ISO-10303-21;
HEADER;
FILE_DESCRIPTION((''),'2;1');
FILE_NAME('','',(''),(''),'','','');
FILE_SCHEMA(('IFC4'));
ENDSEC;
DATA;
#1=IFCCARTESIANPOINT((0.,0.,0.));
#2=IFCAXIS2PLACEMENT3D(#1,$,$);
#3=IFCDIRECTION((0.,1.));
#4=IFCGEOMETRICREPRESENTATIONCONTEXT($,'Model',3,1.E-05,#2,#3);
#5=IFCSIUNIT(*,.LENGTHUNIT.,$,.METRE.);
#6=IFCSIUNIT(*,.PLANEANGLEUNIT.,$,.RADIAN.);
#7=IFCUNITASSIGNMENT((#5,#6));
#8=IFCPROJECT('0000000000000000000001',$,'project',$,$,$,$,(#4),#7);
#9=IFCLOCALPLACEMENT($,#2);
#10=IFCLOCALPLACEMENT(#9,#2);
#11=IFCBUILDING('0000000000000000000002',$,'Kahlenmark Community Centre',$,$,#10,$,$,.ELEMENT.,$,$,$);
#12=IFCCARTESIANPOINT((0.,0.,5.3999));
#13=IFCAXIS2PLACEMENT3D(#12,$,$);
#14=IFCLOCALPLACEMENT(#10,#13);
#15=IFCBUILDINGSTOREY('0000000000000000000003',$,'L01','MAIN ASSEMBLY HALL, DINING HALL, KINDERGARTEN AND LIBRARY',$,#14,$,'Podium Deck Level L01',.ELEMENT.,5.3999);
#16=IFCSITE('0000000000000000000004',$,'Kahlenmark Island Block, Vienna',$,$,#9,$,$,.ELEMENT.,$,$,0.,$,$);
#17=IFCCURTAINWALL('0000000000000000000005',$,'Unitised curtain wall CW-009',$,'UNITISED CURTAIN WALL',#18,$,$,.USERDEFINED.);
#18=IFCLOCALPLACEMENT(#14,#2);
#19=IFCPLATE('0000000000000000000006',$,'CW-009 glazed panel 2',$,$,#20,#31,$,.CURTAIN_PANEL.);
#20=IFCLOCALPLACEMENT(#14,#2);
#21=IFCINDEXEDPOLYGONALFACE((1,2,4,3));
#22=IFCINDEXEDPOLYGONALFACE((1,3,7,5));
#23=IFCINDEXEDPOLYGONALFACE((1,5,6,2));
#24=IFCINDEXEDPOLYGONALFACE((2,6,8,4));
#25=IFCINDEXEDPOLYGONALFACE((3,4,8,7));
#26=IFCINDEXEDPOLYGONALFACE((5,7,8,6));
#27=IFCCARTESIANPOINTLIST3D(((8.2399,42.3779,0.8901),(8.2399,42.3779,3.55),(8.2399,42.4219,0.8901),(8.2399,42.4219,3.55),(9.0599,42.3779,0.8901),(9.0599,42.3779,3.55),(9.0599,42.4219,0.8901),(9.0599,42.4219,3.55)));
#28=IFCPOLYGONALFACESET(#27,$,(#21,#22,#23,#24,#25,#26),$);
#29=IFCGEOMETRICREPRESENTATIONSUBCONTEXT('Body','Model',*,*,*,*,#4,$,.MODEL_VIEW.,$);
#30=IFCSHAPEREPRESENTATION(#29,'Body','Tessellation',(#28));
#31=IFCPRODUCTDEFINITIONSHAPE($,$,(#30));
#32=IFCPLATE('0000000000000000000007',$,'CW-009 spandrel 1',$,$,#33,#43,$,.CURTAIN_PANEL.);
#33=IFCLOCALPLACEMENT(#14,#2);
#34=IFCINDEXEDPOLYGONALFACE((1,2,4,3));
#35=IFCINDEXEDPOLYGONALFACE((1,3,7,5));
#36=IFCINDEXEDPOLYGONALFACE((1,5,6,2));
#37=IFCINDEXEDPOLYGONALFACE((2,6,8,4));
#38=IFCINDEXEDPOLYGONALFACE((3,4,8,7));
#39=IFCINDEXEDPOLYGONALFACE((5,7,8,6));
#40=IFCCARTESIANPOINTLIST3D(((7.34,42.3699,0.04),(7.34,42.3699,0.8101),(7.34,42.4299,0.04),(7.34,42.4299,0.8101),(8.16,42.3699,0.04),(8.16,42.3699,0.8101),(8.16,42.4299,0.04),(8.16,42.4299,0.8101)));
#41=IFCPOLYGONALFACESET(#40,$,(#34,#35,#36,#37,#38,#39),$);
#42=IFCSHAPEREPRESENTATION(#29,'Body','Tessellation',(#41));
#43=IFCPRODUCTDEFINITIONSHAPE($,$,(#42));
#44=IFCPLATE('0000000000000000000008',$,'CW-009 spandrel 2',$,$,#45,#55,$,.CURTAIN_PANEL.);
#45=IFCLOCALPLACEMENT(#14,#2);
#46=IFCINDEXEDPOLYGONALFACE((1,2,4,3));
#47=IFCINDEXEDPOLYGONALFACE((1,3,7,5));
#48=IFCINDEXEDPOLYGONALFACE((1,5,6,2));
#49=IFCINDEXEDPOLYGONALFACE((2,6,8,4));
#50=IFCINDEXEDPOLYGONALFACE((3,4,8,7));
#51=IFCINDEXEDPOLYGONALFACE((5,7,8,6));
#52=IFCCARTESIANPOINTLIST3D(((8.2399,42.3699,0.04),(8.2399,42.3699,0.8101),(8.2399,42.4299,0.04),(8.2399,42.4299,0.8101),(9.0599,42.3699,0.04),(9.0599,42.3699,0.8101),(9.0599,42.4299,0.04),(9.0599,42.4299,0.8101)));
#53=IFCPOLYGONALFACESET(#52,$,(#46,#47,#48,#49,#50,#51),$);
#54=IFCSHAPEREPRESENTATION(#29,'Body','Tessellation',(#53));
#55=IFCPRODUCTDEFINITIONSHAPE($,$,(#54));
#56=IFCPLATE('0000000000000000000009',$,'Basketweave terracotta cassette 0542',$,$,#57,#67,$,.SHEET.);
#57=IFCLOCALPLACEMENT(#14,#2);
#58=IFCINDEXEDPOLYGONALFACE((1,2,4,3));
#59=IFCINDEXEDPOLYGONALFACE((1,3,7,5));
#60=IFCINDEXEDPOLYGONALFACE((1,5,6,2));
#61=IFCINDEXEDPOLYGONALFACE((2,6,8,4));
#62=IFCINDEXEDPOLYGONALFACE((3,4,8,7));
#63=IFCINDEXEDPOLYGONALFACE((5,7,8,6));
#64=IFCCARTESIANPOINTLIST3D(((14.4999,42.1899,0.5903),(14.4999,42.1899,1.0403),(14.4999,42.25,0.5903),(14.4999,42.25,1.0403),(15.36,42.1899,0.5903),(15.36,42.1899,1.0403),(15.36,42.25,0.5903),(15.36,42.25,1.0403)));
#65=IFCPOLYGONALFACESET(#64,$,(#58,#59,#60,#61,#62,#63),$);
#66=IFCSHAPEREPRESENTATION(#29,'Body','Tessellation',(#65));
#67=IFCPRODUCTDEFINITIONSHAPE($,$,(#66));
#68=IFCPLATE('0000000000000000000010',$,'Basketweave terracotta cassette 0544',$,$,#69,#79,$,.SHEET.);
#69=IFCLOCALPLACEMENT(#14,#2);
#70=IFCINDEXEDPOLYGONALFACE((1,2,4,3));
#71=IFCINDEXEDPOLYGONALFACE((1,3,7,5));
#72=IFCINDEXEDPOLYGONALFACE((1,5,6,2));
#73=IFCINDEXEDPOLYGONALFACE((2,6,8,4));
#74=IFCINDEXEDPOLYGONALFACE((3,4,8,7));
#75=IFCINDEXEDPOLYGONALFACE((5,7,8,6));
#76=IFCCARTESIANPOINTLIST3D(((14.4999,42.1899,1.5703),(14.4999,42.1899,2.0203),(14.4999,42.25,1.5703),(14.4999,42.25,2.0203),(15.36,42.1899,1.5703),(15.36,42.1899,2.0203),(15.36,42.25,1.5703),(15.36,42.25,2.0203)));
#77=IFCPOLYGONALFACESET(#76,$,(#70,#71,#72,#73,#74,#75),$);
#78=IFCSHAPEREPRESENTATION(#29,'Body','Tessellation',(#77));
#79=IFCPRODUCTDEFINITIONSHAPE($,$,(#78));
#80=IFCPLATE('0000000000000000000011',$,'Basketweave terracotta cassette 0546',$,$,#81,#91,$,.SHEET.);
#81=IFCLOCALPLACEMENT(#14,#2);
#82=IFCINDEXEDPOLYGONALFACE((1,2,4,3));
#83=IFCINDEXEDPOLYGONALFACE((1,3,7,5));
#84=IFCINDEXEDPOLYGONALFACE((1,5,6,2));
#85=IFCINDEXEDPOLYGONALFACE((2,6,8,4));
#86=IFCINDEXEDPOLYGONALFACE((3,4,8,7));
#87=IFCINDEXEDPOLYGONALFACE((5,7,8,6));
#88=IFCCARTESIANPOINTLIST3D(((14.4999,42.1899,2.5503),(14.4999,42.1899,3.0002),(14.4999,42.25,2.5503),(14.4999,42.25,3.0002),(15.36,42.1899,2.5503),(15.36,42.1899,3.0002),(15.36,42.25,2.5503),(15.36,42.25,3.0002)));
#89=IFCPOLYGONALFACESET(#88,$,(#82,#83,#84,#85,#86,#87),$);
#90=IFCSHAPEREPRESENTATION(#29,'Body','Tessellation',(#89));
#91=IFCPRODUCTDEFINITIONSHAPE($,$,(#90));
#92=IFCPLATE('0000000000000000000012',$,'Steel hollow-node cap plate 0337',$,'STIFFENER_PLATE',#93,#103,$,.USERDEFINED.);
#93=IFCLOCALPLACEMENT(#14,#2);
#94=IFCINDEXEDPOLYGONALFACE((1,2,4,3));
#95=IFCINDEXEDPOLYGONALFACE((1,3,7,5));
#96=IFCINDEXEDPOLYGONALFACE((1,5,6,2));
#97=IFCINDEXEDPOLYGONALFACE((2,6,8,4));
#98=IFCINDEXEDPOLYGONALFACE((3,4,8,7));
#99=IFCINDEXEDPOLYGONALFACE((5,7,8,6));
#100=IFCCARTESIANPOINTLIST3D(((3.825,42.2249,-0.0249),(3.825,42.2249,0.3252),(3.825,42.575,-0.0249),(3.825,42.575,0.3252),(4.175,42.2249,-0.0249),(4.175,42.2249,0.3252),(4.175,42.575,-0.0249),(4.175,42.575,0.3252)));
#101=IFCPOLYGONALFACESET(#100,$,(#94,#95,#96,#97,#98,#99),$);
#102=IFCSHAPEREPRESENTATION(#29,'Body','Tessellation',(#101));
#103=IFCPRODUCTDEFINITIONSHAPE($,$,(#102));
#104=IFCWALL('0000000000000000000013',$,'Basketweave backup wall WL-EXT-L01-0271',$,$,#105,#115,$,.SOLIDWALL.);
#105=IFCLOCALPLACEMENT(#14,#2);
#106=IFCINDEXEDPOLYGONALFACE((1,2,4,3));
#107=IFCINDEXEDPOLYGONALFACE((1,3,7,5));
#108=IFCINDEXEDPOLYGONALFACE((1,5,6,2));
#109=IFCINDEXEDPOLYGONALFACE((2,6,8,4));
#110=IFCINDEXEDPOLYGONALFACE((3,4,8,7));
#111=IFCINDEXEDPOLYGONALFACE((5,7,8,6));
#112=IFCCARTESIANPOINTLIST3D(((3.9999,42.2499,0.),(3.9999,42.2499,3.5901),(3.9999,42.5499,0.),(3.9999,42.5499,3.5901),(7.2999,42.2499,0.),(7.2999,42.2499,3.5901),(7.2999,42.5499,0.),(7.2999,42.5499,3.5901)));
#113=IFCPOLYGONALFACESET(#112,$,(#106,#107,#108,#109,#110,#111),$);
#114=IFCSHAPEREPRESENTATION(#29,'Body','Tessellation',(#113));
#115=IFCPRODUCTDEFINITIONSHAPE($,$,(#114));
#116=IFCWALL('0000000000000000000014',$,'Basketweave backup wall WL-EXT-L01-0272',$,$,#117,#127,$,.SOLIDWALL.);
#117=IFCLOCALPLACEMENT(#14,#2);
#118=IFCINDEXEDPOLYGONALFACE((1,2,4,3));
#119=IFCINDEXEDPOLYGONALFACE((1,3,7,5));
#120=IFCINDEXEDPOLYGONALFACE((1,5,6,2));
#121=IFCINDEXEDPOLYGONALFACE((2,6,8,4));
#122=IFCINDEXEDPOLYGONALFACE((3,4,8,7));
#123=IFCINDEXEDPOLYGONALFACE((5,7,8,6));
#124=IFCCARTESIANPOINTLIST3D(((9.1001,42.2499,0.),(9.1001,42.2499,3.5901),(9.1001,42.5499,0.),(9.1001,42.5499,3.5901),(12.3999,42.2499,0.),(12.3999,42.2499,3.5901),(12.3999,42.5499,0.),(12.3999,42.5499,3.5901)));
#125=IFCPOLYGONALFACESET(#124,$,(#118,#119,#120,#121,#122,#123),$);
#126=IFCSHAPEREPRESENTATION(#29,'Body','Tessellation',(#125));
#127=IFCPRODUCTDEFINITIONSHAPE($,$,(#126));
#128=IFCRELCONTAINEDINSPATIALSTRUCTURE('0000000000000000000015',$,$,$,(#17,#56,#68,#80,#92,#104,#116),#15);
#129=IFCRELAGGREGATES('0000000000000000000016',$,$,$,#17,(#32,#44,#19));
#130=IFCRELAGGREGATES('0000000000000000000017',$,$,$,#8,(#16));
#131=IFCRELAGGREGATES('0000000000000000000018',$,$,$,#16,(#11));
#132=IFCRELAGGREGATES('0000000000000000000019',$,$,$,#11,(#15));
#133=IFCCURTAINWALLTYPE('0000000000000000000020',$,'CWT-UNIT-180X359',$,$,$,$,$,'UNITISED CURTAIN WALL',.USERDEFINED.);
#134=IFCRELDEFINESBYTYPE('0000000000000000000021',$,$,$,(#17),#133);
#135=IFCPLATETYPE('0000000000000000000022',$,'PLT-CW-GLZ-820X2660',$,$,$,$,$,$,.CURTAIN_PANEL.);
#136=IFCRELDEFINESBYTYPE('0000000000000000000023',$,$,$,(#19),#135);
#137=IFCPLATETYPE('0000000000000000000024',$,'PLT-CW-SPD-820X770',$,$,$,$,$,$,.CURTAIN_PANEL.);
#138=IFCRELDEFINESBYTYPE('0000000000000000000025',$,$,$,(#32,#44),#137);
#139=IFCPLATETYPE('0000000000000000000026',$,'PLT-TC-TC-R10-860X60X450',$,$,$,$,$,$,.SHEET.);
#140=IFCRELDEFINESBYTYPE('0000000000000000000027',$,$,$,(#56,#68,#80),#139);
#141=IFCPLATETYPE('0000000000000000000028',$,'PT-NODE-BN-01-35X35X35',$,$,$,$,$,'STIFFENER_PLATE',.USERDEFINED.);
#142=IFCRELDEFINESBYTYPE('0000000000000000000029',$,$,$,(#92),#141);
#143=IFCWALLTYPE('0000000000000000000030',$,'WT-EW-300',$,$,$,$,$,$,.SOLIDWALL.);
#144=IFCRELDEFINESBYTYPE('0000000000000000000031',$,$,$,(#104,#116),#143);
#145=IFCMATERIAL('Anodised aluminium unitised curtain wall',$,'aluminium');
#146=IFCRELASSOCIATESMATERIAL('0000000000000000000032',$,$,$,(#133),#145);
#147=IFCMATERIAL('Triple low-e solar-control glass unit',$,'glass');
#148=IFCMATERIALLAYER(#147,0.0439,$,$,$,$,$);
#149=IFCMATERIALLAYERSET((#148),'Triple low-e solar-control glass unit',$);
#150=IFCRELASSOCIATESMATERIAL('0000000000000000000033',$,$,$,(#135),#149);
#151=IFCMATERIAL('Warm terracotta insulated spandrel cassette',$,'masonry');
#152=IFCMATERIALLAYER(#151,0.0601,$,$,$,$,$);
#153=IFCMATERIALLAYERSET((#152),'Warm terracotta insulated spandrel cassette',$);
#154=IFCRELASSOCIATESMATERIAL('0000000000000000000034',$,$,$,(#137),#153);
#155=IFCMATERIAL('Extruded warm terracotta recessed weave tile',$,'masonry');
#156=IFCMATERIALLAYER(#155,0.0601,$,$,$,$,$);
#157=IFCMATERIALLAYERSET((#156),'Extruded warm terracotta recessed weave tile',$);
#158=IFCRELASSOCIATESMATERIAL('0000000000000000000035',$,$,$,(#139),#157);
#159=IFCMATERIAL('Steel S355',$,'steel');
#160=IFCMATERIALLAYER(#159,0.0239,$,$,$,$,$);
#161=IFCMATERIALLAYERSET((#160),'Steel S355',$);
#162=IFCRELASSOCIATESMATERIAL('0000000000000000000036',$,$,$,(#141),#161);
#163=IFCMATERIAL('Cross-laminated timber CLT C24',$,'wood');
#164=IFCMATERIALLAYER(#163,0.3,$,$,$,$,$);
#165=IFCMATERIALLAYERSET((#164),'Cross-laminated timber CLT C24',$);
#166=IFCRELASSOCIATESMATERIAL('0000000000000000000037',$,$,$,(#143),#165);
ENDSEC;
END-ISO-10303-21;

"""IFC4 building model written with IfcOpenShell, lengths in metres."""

from ifc_helpers import new_model, si_unit, direction, frame, frame_2d, origin, origin_2d, place, context, subcontext, project, spatial, rectangle, extrude, material, layer, layer_set, type_object, element, aggregate, save


model = new_model("IFC4")

# Units and contexts
model_context = context("Model", 3, precision=1e-05, world=origin(), true_north=direction((0.0, 1.0)))
body_context = subcontext(model_context, "Body", "Model", "MODEL_VIEW")
ifc_project = project(units=[si_unit("LENGTHUNIT", "METRE"), si_unit("PLANEANGLEUNIT", "RADIAN")], contexts=[model_context])

# Site, building, storey
site_placement = place(None, origin())
site = spatial("IfcSite", under=ifc_project, at=site_placement, Name="Kahlenmark Island Block, Vienna", CompositionType="ELEMENT", RefElevation=0.0)
building_placement = place(site_placement, origin())
building = spatial("IfcBuilding", under=site, at=building_placement, Name="Kahlenmark Community Centre", CompositionType="ELEMENT")
storey_placement = place(building_placement, frame((0.0, 0.0, 5.3999)))
storey = spatial("IfcBuildingStorey", under=building, at=storey_placement, Name="L01", Description="MAIN ASSEMBLY HALL, DINING HALL, KINDERGARTEN AND LIBRARY", LongName="Podium Deck Level L01", CompositionType="ELEMENT", Elevation=5.3999)

# Shared definitions
ifc_material_1 = material(Name="Steel S355", Category="steel")

# Curtain wall, plates
ifc_material_2 = material(Name="Anodised aluminium unitised curtain wall", Category="aluminium")
curtain_wall_type = type_object("IfcCurtainWallType", Name="CWT-UNIT-180X359", ElementType="UNITISED CURTAIN WALL", PredefinedType="USERDEFINED", material=ifc_material_2)
curtain_wall_placement = place(storey_placement, origin())
curtain_wall = element("IfcCurtainWall", 1, at=curtain_wall_placement, inside=storey, type_object=curtain_wall_type, Name="Unitised curtain wall CW-009", ObjectType="UNITISED CURTAIN WALL", PredefinedType="USERDEFINED")
ifc_material_3 = material(Name="Triple low-e solar-control glass unit", Category="glass")
ifc_layer_1 = layer(ifc_material_3, 0.0439)
ifc_layer_set_1 = layer_set([ifc_layer_1], Name="Triple low-e solar-control glass unit")
plate_type_1 = type_object("IfcPlateType", Name="PLT-CW-GLZ-820X2660", PredefinedType="CURTAIN_PANEL", material=ifc_layer_set_1)
plate_1_placement = place(storey_placement, frame((8.6499, 42.3999, 0.8901), z_axis=(0.0, 0.0, 1.0), x_axis=(1.0, 0.0, 0.0)))
plate_1 = element("IfcPlate", 2, at=plate_1_placement, type_object=plate_type_1, Name="CW-009 glazed panel 2", PredefinedType="CURTAIN_PANEL", context=body_context, shape_type="SweptSolid", body=[
    extrude(rectangle(XDim=0.8201, YDim=0.0439, at=origin_2d()), origin(), (0.0, 0.0, 1.0), 2.6599),
])
ifc_material_4 = material(Name="Warm terracotta insulated spandrel cassette", Category="masonry")
ifc_layer_2 = layer(ifc_material_4, 0.0601)
ifc_layer_set_2 = layer_set([ifc_layer_2], Name="Warm terracotta insulated spandrel cassette")
plate_type_2 = type_object("IfcPlateType", Name="PLT-CW-SPD-820X770", PredefinedType="CURTAIN_PANEL", material=ifc_layer_set_2)
plate_2_placement = place(storey_placement, frame((7.75, 42.3999, 0.04), z_axis=(0.0, 0.0, 1.0), x_axis=(1.0, 0.0, 0.0)))
plate_2 = element("IfcPlate", 3, at=plate_2_placement, type_object=plate_type_2, Name="CW-009 spandrel 1", PredefinedType="CURTAIN_PANEL", context=body_context, shape_type="SweptSolid", body=[
    extrude(rectangle(XDim=0.8201, YDim=0.0601, at=origin_2d()), origin(), (0.0, 0.0, 1.0), 0.77),
])
plate_3_placement = place(storey_placement, frame((8.6499, 42.3999, 0.04), z_axis=(0.0, 0.0, 1.0), x_axis=(1.0, 0.0, 0.0)))
plate_3 = element("IfcPlate", 4, at=plate_3_placement, type_object=plate_type_2, Name="CW-009 spandrel 2", PredefinedType="CURTAIN_PANEL", context=body_context, shape_type="SweptSolid", body=[
    extrude(rectangle(XDim=0.8201, YDim=0.0601, at=origin_2d()), origin(), (0.0, 0.0, 1.0), 0.77),
])
aggregate(curtain_wall, [plate_2, plate_3, plate_1])

# Plates
ifc_material_5 = material(Name="Extruded warm terracotta recessed weave tile", Category="masonry")
ifc_layer_3 = layer(ifc_material_5, 0.0601)
ifc_layer_set_3 = layer_set([ifc_layer_3], Name="Extruded warm terracotta recessed weave tile")
plate_type_3 = type_object("IfcPlateType", Name="PLT-TC-TC-R10-860X60X450", PredefinedType="SHEET", material=ifc_layer_set_3)
for number, where, z_axis, x_axis, name in (
    (5, (14.9299, 42.22, 0.5903), (0.0, 0.0, 1.0), (1.0, 0.0, 0.0), "Basketweave terracotta cassette 0542"),
    (6, (14.9299, 42.22, 1.5703), (0.0, 0.0, 1.0), (1.0, 0.0, 0.0), "Basketweave terracotta cassette 0544"),
    (7, (14.9299, 42.22, 2.5503), (0.0, 0.0, 1.0), (1.0, 0.0, 0.0), "Basketweave terracotta cassette 0546"),
):
    element("IfcPlate", number, at=place(storey_placement, frame(where, z_axis=z_axis, x_axis=x_axis)), inside=storey, type_object=plate_type_3, Name=name, PredefinedType="SHEET", context=body_context, shape_type="SweptSolid", body=[
        extrude(rectangle(XDim=0.8601, YDim=0.0601, at=origin_2d()), origin(), (0.0, 0.0, 1.0), 0.45),
    ])
ifc_layer_4 = layer(ifc_material_1, 0.0239)
ifc_layer_set_4 = layer_set([ifc_layer_4], Name="Steel S355")
plate_type_4 = type_object("IfcPlateType", Name="PT-NODE-BN-01-35X35X35", ElementType="STIFFENER_PLATE", PredefinedType="USERDEFINED", material=ifc_layer_set_4)
plate_4_placement = place(storey_placement, frame((4.0, 42.3999, -0.0249), z_axis=(0.0, 0.0, 1.0), x_axis=(1.0, 0.0, 0.0)))
element("IfcPlate", 8, at=plate_4_placement, inside=storey, type_object=plate_type_4, Name="Steel hollow-node cap plate 0337", ObjectType="STIFFENER_PLATE", PredefinedType="USERDEFINED", context=body_context, shape_type="SweptSolid", body=[
    extrude(rectangle(XDim=0.3501, YDim=0.3501, at=origin_2d()), origin(), (0.0, 0.0, 1.0), 0.3501),
])

# Walls
ifc_material_6 = material(Name="Cross-laminated timber CLT C24", Category="wood")
ifc_layer_5 = layer(ifc_material_6, 0.3)
ifc_layer_set_5 = layer_set([ifc_layer_5], Name="Cross-laminated timber CLT C24")
wall_type = type_object("IfcWallType", Name="WT-EW-300", PredefinedType="SOLIDWALL", material=ifc_layer_set_5)
wall_1_placement = place(storey_placement, frame((4.0, 42.3999, 0.0), z_axis=(0.0, 0.0, 1.0), x_axis=(1.0, 0.0, 0.0)))
element("IfcWall", 9, at=wall_1_placement, inside=storey, type_object=wall_type, Name="Basketweave backup wall WL-EXT-L01-0271", PredefinedType="SOLIDWALL", context=body_context, shape_type="SweptSolid", body=[
    extrude(rectangle(XDim=3.3, YDim=0.3, at=frame_2d((1.6499, 0.0))), origin(), (0.0, 0.0, 1.0), 3.5901),
])
wall_2_placement = place(storey_placement, frame((9.1001, 42.3999, 0.0), z_axis=(0.0, 0.0, 1.0), x_axis=(1.0, 0.0, 0.0)))
element("IfcWall", 10, at=wall_2_placement, inside=storey, type_object=wall_type, Name="Basketweave backup wall WL-EXT-L01-0272", PredefinedType="SOLIDWALL", context=body_context, shape_type="SweptSolid", body=[
    extrude(rectangle(XDim=3.2998, YDim=0.3, at=frame_2d((1.6499, 0.0))), origin(), (0.0, 0.0, 1.0), 3.5901),
])

save(model, "model.ifc")
